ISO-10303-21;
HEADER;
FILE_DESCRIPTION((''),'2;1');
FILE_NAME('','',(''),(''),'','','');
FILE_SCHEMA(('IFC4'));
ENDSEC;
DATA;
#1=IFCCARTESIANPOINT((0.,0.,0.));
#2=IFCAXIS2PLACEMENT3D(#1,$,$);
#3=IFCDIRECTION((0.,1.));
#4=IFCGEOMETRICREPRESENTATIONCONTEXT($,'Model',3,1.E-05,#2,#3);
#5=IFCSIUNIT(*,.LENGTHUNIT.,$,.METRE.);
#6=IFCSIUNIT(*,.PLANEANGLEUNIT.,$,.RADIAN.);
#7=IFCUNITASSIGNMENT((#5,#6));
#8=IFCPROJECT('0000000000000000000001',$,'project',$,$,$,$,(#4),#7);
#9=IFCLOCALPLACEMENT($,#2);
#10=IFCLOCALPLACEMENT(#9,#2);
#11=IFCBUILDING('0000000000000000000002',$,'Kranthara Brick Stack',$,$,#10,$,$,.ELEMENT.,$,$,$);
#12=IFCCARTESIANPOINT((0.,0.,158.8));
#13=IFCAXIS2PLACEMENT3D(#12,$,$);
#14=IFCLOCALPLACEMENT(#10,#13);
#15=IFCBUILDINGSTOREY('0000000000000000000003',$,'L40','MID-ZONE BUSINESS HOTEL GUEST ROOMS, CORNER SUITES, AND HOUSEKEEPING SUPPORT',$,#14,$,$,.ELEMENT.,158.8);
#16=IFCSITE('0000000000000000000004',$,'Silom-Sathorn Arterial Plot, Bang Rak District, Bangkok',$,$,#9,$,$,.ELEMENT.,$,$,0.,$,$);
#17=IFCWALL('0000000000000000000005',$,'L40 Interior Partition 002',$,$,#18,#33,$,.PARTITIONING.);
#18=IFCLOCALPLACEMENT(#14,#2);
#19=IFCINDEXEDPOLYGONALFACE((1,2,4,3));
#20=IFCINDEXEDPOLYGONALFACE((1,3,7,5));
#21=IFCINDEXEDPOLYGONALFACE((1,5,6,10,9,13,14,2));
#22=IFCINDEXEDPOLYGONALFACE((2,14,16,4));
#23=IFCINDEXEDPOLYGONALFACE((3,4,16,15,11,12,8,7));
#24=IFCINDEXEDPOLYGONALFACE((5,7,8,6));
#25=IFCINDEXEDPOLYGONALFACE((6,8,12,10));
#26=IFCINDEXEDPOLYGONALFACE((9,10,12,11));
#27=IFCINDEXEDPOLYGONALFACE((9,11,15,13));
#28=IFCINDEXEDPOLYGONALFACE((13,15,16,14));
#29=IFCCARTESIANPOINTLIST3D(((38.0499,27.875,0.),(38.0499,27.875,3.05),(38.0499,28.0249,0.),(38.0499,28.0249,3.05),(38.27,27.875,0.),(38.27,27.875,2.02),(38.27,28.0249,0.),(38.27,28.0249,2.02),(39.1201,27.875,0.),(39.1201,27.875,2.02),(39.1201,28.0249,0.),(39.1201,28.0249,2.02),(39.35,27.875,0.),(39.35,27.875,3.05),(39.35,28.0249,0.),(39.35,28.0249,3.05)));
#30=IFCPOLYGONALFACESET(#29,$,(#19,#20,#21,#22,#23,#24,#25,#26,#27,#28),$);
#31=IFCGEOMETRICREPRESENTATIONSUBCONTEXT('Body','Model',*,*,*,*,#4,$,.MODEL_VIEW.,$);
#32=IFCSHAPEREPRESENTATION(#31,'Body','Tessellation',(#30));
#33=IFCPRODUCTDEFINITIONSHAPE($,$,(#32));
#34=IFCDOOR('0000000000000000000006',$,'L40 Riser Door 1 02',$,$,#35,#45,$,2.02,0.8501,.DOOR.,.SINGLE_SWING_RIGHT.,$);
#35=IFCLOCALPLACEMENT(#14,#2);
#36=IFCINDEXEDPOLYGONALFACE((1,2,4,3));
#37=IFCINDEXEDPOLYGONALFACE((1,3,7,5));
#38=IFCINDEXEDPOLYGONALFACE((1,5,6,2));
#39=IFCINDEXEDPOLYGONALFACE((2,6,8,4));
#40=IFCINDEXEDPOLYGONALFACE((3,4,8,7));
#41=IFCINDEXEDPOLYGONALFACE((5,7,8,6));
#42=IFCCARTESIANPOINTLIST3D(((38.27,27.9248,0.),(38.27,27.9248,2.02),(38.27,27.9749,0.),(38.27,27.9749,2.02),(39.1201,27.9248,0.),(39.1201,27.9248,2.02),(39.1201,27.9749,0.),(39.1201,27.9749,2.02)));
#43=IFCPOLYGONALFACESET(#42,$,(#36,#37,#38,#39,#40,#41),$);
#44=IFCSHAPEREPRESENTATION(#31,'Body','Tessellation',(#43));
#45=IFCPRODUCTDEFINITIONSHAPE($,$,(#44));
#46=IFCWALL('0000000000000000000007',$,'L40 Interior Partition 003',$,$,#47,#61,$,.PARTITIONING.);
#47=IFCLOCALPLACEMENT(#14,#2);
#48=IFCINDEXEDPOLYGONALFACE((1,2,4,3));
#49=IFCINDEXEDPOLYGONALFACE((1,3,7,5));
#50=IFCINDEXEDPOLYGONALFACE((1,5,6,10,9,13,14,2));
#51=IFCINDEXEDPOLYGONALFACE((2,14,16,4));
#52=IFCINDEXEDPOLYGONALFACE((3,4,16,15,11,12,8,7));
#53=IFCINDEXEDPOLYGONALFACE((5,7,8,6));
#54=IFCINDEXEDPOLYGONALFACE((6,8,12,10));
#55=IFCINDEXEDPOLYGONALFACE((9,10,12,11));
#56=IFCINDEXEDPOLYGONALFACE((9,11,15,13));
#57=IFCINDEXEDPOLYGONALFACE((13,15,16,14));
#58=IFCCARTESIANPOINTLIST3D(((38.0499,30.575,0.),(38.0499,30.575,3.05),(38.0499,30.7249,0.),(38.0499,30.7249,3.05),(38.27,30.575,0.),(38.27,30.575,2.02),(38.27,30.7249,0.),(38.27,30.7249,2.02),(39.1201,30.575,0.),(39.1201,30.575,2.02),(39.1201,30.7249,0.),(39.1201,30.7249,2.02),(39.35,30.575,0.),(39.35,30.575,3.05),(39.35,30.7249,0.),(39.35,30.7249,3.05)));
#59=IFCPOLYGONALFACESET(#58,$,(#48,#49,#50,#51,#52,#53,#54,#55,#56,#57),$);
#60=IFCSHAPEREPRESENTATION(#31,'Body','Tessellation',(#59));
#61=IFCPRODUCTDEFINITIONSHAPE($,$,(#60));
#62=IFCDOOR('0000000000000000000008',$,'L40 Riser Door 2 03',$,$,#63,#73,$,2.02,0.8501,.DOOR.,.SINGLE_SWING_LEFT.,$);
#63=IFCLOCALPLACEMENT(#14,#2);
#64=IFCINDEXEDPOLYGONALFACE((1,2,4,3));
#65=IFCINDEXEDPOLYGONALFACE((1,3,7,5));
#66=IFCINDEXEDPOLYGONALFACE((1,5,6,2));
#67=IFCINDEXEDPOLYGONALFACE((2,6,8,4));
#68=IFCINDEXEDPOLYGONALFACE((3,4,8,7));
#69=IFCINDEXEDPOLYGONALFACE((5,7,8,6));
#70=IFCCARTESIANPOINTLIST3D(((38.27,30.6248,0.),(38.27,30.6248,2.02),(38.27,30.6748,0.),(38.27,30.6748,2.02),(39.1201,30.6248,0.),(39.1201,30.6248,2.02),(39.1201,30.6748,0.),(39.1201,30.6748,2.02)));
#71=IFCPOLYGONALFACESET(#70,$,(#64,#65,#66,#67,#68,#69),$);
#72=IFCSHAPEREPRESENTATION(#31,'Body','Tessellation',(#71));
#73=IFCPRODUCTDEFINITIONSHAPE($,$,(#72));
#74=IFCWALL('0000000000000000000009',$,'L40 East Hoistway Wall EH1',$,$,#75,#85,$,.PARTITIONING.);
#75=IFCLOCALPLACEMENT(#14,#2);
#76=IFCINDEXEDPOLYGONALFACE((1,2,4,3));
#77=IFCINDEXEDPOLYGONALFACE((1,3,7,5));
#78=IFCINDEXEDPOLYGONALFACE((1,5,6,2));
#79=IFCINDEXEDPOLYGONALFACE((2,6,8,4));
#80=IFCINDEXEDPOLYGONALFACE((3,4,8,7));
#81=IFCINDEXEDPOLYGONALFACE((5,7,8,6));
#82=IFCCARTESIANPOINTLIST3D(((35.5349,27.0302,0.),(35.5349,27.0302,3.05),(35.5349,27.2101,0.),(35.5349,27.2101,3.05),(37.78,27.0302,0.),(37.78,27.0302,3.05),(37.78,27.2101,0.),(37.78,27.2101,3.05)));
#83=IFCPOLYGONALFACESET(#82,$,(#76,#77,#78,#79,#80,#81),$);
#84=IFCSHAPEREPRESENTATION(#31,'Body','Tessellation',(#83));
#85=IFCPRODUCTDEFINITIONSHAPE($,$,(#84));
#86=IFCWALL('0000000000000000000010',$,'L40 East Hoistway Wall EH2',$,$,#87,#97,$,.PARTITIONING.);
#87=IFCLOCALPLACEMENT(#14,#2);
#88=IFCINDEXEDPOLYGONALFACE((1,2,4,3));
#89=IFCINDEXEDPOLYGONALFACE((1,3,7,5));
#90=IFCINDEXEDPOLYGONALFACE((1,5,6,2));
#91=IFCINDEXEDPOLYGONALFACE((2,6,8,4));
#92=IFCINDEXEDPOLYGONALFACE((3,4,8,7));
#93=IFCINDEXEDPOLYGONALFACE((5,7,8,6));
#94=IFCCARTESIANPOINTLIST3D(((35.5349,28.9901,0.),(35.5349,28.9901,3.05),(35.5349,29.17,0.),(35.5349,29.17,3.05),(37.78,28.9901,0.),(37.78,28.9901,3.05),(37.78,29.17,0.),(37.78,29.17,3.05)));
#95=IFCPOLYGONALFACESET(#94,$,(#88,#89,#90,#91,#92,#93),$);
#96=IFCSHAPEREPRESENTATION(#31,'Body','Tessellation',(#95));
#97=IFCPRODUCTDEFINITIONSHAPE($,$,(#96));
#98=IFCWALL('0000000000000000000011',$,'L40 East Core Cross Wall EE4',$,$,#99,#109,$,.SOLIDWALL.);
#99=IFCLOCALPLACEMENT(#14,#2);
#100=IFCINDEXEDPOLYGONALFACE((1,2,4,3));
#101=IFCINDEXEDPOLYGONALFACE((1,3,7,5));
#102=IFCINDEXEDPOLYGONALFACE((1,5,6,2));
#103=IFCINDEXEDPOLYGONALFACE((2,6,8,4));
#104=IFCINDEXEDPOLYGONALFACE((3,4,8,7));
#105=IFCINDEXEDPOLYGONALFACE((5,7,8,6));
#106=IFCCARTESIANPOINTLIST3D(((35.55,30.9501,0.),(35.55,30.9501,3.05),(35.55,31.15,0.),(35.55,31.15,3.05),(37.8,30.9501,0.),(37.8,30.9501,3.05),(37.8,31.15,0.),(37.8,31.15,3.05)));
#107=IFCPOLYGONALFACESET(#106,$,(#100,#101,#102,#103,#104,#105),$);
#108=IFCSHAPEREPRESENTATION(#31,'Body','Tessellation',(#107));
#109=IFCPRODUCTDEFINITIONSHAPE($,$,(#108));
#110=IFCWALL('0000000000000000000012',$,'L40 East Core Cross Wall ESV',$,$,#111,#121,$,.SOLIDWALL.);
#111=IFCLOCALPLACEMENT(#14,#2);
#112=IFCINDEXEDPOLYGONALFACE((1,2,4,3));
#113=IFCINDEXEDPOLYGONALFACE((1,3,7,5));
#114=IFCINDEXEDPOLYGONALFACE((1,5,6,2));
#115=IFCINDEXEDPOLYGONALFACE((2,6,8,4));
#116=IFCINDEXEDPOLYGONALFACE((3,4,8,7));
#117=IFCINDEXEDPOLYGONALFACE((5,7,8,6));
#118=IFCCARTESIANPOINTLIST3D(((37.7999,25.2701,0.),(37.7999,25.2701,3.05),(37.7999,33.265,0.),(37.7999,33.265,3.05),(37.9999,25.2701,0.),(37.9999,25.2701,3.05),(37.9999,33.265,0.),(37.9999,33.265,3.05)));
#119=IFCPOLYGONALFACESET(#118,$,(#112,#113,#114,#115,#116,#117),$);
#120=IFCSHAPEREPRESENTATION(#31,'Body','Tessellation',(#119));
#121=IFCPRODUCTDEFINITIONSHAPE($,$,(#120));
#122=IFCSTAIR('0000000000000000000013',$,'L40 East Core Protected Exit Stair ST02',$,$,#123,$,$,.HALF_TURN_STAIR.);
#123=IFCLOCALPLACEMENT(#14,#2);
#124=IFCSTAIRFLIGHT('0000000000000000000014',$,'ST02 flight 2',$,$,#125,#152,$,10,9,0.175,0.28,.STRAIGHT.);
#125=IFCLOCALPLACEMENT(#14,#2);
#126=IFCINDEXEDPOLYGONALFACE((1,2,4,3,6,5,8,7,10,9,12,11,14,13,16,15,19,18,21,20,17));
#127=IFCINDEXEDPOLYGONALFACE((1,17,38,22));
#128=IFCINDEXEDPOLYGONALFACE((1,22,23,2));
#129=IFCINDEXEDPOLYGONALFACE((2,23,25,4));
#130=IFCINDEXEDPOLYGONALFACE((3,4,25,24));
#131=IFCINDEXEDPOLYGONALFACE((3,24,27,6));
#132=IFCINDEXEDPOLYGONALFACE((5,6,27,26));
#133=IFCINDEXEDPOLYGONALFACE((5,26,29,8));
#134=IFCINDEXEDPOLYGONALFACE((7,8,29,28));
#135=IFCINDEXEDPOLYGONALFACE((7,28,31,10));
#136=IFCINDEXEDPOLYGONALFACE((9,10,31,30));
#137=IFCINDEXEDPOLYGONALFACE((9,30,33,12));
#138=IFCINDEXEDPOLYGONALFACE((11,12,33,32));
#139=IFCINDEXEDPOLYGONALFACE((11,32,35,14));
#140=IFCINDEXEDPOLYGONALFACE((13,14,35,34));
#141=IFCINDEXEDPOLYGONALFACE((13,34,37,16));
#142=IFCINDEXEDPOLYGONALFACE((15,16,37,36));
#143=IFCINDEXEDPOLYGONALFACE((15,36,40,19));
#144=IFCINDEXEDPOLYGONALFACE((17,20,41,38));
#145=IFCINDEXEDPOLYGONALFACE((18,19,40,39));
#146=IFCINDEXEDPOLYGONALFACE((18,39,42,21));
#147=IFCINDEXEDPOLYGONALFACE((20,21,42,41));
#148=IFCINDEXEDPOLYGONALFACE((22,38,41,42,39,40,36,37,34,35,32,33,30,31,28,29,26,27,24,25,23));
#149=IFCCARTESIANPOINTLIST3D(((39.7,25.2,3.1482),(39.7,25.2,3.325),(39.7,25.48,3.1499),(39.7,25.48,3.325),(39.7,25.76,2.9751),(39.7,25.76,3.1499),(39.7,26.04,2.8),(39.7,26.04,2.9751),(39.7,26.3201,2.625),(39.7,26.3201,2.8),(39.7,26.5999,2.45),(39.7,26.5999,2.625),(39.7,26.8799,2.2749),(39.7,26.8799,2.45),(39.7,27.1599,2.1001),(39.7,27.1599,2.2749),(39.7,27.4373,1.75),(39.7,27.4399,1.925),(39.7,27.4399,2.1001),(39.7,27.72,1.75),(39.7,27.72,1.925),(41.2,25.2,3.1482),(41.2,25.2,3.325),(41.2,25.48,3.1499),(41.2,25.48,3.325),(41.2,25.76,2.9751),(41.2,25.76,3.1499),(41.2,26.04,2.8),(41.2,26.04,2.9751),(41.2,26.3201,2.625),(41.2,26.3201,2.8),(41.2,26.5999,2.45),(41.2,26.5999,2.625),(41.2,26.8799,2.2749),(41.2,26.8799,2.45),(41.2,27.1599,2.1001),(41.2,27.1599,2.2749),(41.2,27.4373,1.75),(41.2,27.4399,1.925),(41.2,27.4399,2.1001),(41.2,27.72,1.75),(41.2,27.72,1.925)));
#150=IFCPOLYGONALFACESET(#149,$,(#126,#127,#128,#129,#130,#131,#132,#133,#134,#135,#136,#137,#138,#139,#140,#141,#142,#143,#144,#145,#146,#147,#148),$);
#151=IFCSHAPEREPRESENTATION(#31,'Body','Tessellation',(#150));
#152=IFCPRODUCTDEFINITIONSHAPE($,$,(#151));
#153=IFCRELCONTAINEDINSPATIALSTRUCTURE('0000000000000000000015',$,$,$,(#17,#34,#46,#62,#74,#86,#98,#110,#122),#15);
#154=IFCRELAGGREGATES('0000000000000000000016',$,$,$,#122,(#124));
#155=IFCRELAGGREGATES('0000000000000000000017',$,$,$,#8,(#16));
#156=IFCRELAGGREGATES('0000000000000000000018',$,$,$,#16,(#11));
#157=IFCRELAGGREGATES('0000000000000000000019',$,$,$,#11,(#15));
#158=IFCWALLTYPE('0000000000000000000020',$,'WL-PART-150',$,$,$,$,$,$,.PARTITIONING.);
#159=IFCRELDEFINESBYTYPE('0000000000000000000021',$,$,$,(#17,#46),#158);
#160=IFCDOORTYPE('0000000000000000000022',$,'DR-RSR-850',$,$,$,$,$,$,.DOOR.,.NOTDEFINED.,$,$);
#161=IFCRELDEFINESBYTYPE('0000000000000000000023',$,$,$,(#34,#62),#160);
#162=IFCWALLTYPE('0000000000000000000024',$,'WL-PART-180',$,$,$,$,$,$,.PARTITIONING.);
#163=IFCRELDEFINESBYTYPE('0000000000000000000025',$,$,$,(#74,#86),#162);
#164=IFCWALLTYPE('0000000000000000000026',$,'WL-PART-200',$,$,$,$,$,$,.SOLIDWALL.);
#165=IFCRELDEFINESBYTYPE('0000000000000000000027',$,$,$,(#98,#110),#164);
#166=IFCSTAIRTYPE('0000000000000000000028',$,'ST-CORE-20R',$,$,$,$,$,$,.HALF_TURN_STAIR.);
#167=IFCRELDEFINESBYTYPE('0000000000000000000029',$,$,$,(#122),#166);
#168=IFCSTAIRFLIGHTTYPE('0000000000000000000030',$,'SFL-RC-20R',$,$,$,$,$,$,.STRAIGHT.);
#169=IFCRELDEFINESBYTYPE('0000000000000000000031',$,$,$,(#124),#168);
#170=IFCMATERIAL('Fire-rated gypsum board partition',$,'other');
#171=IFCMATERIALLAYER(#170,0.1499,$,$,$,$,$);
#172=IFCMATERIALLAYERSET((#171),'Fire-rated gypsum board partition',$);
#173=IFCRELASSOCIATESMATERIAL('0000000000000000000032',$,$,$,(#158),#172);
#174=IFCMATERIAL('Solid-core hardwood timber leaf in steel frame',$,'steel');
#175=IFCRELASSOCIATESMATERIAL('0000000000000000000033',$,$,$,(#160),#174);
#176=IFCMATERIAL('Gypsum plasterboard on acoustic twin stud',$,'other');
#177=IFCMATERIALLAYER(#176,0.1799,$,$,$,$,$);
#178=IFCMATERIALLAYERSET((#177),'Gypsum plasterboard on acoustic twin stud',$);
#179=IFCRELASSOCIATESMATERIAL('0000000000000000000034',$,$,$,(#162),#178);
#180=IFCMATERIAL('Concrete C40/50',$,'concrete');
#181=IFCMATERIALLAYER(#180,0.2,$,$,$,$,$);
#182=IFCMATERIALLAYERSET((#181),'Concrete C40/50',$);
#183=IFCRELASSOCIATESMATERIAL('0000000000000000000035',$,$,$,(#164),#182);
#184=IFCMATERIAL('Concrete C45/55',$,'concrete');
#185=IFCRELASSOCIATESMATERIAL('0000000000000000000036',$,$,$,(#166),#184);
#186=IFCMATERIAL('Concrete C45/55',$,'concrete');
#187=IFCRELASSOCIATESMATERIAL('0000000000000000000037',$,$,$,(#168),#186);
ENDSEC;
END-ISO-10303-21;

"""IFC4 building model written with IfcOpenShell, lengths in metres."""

from ifc_helpers import new_model, si_unit, direction, frame, frame_2d, origin, place, context, subcontext, project, spatial, polyline, rectangle, outline, extrude, material, layer, layer_set, type_object, element, fill, aggregate, save


model = new_model("IFC4")

# Units and contexts
model_context = context("Model", 3, precision=1e-05, world=origin(), true_north=direction((0.0, 1.0)))
body_context = subcontext(model_context, "Body", "Model", "MODEL_VIEW")
ifc_project = project(units=[si_unit("LENGTHUNIT", "METRE"), si_unit("PLANEANGLEUNIT", "RADIAN")], contexts=[model_context])

# Site, building, storey
site_placement = place(None, origin())
site = spatial("IfcSite", under=ifc_project, at=site_placement, Name="Silom-Sathorn Arterial Plot, Bang Rak District, Bangkok", CompositionType="ELEMENT", RefElevation=0.0)
building_placement = place(site_placement, origin())
building = spatial("IfcBuilding", under=site, at=building_placement, Name="Kranthara Brick Stack", CompositionType="ELEMENT")
storey_placement = place(building_placement, frame((0.0, 0.0, 158.8)))
storey = spatial("IfcBuildingStorey", under=building, at=storey_placement, Name="L40", Description="MID-ZONE BUSINESS HOTEL GUEST ROOMS, CORNER SUITES, AND HOUSEKEEPING SUPPORT", CompositionType="ELEMENT", Elevation=158.8)

# Walls, openings, doors
ifc_material_1 = material(Name="Fire-rated gypsum board partition", Category="other")
ifc_layer_1 = layer(ifc_material_1, 0.1499)
ifc_layer_set_1 = layer_set([ifc_layer_1], Name="Fire-rated gypsum board partition")
wall_type_1 = type_object("IfcWallType", Name="WL-PART-150", PredefinedType="PARTITIONING", material=ifc_layer_set_1)
wall_1_placement = place(storey_placement, frame((38.05, 27.95, 0.0), z_axis=(0.0, 0.0, 1.0), x_axis=(1.0, 0.0, 0.0)))
wall_1 = element("IfcWall", 1, at=wall_1_placement, inside=storey, type_object=wall_type_1, Name="L40 Interior Partition 002", PredefinedType="PARTITIONING", context=body_context, shape_type="SweptSolid", body=[
    extrude(rectangle(XDim=1.3, YDim=0.1499, at=frame_2d((0.6499, 0.0))), origin(), (0.0, 0.0, 1.0), 3.05),
])
opening_1_placement = place(wall_1_placement, frame((0.22, 0.0, 0.0)))
opening_1 = element("IfcOpeningElement", 2, at=opening_1_placement, cuts=wall_1, PredefinedType="OPENING", context=body_context, shape_type="SweptSolid", body=[
    extrude(rectangle(XDim=0.8501, YDim=2.02, at=frame_2d((0.425, 1.01))), frame((0.0, 0.085, 0.0), z_axis=(0.0, -1.0, 0.0), x_axis=(1.0, 0.0, 0.0)), (0.0, 0.0, 1.0), 0.1699),
])
ifc_material_2 = material(Name="Solid-core hardwood timber leaf in steel frame", Category="steel")
door_type_1 = type_object("IfcDoorType", Name="DR-RSR-850", OperationType="NOTDEFINED", PredefinedType="DOOR", material=ifc_material_2)
door_1_placement = place(opening_1_placement, origin())
door_1 = element("IfcDoor", 3, at=door_1_placement, inside=storey, type_object=door_type_1, Name="L40 Riser Door 1 02", OperationType="SINGLE_SWING_RIGHT", OverallHeight=2.02, OverallWidth=0.8501, PredefinedType="DOOR", context=body_context, shape_type="SweptSolid", body=[
    extrude(rectangle(XDim=0.8501, YDim=2.02, at=frame_2d((0.425, 1.01))), frame((0.0, 0.0249, 0.0), z_axis=(0.0, -1.0, 0.0), x_axis=(1.0, 0.0, 0.0)), (0.0, 0.0, 1.0), 0.05),
])
fill(opening_1, door_1)
wall_2_placement = place(storey_placement, frame((38.05, 30.6499, 0.0), z_axis=(0.0, 0.0, 1.0), x_axis=(1.0, 0.0, 0.0)))
wall_2 = element("IfcWall", 4, at=wall_2_placement, inside=storey, type_object=wall_type_1, Name="L40 Interior Partition 003", PredefinedType="PARTITIONING", context=body_context, shape_type="SweptSolid", body=[
    extrude(rectangle(XDim=1.3, YDim=0.1499, at=frame_2d((0.6499, 0.0))), origin(), (0.0, 0.0, 1.0), 3.05),
])
opening_2_placement = place(wall_2_placement, frame((0.22, 0.0, 0.0)))
opening_2 = element("IfcOpeningElement", 5, at=opening_2_placement, cuts=wall_2, PredefinedType="OPENING", context=body_context, shape_type="SweptSolid", body=[
    extrude(rectangle(XDim=0.8501, YDim=2.02, at=frame_2d((0.425, 1.01))), frame((0.0, 0.085, 0.0), z_axis=(0.0, -1.0, 0.0), x_axis=(1.0, 0.0, 0.0)), (0.0, 0.0, 1.0), 0.1699),
])
door_2_placement = place(opening_2_placement, origin())
door_2 = element("IfcDoor", 6, at=door_2_placement, inside=storey, type_object=door_type_1, Name="L40 Riser Door 2 03", OperationType="SINGLE_SWING_LEFT", OverallHeight=2.02, OverallWidth=0.8501, PredefinedType="DOOR", context=body_context, shape_type="SweptSolid", body=[
    extrude(rectangle(XDim=0.8501, YDim=2.02, at=frame_2d((0.425, 1.01))), frame((0.0, 0.0249, 0.0), z_axis=(0.0, -1.0, 0.0), x_axis=(1.0, 0.0, 0.0)), (0.0, 0.0, 1.0), 0.05),
])
fill(opening_2, door_2)

# Walls
ifc_material_3 = material(Name="Gypsum plasterboard on acoustic twin stud", Category="other")
ifc_layer_2 = layer(ifc_material_3, 0.1799)
ifc_layer_set_2 = layer_set([ifc_layer_2], Name="Gypsum plasterboard on acoustic twin stud")
wall_type_2 = type_object("IfcWallType", Name="WL-PART-180", PredefinedType="PARTITIONING", material=ifc_layer_set_2)
for number, where, z_axis, x_axis, name in (
    (7, (35.5349, 27.1201, 0.0), (0.0, 0.0, 1.0), (1.0, 0.0, 0.0), "L40 East Hoistway Wall EH1"),
    (8, (35.5349, 29.0801, 0.0), (0.0, 0.0, 1.0), (1.0, 0.0, 0.0), "L40 East Hoistway Wall EH2"),
):
    element("IfcWall", number, at=place(storey_placement, frame(where, z_axis=z_axis, x_axis=x_axis)), inside=storey, type_object=wall_type_2, Name=name, PredefinedType="PARTITIONING", context=body_context, shape_type="SweptSolid", body=[
        extrude(rectangle(XDim=2.2451, YDim=0.1799, at=frame_2d((1.1226, 0.0))), origin(), (0.0, 0.0, 1.0), 3.05),
    ])
ifc_material_4 = material(Name="Concrete C40/50", Category="concrete")
ifc_layer_3 = layer(ifc_material_4, 0.2)
ifc_layer_set_3 = layer_set([ifc_layer_3], Name="Concrete C40/50")
wall_type_3 = type_object("IfcWallType", Name="WL-PART-200", PredefinedType="SOLIDWALL", material=ifc_layer_set_3)
wall_3_placement = place(storey_placement, frame((35.55, 31.05, 0.0), z_axis=(0.0, 0.0, 1.0), x_axis=(1.0, 0.0, 0.0)))
element("IfcWall", 9, at=wall_3_placement, inside=storey, type_object=wall_type_3, Name="L40 East Core Cross Wall EE4", PredefinedType="SOLIDWALL", context=body_context, shape_type="SweptSolid", body=[
    extrude(rectangle(XDim=2.25, YDim=0.2, at=frame_2d((1.125, 0.0))), origin(), (0.0, 0.0, 1.0), 3.05),
])
wall_4_placement = place(storey_placement, frame((37.8999, 25.27, 0.0), z_axis=(0.0, 0.0, 1.0), x_axis=(0.0, 1.0, 0.0)))
element("IfcWall", 10, at=wall_4_placement, inside=storey, type_object=wall_type_3, Name="L40 East Core Cross Wall ESV", PredefinedType="SOLIDWALL", context=body_context, shape_type="SweptSolid", body=[
    extrude(rectangle(XDim=7.9949, YDim=0.2, at=frame_2d((3.9976, 0.0))), origin(), (0.0, 0.0, 1.0), 3.05),
])

# Stair, stair flight
ifc_material_5 = material(Name="Concrete C45/55", Category="concrete")
stair_type = type_object("IfcStairType", Name="ST-CORE-20R", PredefinedType="HALF_TURN_STAIR", material=ifc_material_5)
stair_placement = place(storey_placement, origin())
stair = element("IfcStair", 11, at=stair_placement, inside=storey, type_object=stair_type, Name="L40 East Core Protected Exit Stair ST02", PredefinedType="HALF_TURN_STAIR")
ifc_material_6 = material(Name="Concrete C45/55", Category="concrete")
stair_flight_type = type_object("IfcStairFlightType", Name="SFL-RC-20R", PredefinedType="STRAIGHT", material=ifc_material_6)
stair_flight_placement = place(storey_placement, frame((40.45, 27.72, 1.75), z_axis=(0.0, 0.0, 1.0), x_axis=(0.0, -1.0, 0.0)))
stair_flight = element("IfcStairFlight", 12, at=stair_flight_placement, type_object=stair_flight_type, Name="ST02 flight 2", NumberOfRisers=10, NumberOfTreads=9, PredefinedType="STRAIGHT", RiserHeight=0.175, TreadLength=0.28, context=body_context, shape_type="SweptSolid", body=[
    extrude(outline(polyline([(0.0, 0.0), (0.0, 0.175), (0.28, 0.175), (0.28, 0.3501), (0.5601, 0.3501), (0.5601, 0.5249), (0.8401, 0.5249), (0.8401, 0.7), (1.1201, 0.7), (1.1201, 0.875), (1.3999, 0.875), (1.3999, 1.05), (1.6799, 1.05), (1.6799, 1.2251), (1.96, 1.2251), (1.96, 1.3999), (2.24, 1.3999), (2.24, 1.575), (2.52, 1.575), (2.52, 1.75), (2.52, 1.3982), (0.2827, 0.0), (0.0, 0.0)])), frame((0.0, 0.75, 0.0), z_axis=(0.0, -1.0, 0.0), x_axis=(1.0, 0.0, 0.0)), (0.0, 0.0, 1.0), 1.5),
])
aggregate(stair, [stair_flight])

save(model, "model.ifc")
